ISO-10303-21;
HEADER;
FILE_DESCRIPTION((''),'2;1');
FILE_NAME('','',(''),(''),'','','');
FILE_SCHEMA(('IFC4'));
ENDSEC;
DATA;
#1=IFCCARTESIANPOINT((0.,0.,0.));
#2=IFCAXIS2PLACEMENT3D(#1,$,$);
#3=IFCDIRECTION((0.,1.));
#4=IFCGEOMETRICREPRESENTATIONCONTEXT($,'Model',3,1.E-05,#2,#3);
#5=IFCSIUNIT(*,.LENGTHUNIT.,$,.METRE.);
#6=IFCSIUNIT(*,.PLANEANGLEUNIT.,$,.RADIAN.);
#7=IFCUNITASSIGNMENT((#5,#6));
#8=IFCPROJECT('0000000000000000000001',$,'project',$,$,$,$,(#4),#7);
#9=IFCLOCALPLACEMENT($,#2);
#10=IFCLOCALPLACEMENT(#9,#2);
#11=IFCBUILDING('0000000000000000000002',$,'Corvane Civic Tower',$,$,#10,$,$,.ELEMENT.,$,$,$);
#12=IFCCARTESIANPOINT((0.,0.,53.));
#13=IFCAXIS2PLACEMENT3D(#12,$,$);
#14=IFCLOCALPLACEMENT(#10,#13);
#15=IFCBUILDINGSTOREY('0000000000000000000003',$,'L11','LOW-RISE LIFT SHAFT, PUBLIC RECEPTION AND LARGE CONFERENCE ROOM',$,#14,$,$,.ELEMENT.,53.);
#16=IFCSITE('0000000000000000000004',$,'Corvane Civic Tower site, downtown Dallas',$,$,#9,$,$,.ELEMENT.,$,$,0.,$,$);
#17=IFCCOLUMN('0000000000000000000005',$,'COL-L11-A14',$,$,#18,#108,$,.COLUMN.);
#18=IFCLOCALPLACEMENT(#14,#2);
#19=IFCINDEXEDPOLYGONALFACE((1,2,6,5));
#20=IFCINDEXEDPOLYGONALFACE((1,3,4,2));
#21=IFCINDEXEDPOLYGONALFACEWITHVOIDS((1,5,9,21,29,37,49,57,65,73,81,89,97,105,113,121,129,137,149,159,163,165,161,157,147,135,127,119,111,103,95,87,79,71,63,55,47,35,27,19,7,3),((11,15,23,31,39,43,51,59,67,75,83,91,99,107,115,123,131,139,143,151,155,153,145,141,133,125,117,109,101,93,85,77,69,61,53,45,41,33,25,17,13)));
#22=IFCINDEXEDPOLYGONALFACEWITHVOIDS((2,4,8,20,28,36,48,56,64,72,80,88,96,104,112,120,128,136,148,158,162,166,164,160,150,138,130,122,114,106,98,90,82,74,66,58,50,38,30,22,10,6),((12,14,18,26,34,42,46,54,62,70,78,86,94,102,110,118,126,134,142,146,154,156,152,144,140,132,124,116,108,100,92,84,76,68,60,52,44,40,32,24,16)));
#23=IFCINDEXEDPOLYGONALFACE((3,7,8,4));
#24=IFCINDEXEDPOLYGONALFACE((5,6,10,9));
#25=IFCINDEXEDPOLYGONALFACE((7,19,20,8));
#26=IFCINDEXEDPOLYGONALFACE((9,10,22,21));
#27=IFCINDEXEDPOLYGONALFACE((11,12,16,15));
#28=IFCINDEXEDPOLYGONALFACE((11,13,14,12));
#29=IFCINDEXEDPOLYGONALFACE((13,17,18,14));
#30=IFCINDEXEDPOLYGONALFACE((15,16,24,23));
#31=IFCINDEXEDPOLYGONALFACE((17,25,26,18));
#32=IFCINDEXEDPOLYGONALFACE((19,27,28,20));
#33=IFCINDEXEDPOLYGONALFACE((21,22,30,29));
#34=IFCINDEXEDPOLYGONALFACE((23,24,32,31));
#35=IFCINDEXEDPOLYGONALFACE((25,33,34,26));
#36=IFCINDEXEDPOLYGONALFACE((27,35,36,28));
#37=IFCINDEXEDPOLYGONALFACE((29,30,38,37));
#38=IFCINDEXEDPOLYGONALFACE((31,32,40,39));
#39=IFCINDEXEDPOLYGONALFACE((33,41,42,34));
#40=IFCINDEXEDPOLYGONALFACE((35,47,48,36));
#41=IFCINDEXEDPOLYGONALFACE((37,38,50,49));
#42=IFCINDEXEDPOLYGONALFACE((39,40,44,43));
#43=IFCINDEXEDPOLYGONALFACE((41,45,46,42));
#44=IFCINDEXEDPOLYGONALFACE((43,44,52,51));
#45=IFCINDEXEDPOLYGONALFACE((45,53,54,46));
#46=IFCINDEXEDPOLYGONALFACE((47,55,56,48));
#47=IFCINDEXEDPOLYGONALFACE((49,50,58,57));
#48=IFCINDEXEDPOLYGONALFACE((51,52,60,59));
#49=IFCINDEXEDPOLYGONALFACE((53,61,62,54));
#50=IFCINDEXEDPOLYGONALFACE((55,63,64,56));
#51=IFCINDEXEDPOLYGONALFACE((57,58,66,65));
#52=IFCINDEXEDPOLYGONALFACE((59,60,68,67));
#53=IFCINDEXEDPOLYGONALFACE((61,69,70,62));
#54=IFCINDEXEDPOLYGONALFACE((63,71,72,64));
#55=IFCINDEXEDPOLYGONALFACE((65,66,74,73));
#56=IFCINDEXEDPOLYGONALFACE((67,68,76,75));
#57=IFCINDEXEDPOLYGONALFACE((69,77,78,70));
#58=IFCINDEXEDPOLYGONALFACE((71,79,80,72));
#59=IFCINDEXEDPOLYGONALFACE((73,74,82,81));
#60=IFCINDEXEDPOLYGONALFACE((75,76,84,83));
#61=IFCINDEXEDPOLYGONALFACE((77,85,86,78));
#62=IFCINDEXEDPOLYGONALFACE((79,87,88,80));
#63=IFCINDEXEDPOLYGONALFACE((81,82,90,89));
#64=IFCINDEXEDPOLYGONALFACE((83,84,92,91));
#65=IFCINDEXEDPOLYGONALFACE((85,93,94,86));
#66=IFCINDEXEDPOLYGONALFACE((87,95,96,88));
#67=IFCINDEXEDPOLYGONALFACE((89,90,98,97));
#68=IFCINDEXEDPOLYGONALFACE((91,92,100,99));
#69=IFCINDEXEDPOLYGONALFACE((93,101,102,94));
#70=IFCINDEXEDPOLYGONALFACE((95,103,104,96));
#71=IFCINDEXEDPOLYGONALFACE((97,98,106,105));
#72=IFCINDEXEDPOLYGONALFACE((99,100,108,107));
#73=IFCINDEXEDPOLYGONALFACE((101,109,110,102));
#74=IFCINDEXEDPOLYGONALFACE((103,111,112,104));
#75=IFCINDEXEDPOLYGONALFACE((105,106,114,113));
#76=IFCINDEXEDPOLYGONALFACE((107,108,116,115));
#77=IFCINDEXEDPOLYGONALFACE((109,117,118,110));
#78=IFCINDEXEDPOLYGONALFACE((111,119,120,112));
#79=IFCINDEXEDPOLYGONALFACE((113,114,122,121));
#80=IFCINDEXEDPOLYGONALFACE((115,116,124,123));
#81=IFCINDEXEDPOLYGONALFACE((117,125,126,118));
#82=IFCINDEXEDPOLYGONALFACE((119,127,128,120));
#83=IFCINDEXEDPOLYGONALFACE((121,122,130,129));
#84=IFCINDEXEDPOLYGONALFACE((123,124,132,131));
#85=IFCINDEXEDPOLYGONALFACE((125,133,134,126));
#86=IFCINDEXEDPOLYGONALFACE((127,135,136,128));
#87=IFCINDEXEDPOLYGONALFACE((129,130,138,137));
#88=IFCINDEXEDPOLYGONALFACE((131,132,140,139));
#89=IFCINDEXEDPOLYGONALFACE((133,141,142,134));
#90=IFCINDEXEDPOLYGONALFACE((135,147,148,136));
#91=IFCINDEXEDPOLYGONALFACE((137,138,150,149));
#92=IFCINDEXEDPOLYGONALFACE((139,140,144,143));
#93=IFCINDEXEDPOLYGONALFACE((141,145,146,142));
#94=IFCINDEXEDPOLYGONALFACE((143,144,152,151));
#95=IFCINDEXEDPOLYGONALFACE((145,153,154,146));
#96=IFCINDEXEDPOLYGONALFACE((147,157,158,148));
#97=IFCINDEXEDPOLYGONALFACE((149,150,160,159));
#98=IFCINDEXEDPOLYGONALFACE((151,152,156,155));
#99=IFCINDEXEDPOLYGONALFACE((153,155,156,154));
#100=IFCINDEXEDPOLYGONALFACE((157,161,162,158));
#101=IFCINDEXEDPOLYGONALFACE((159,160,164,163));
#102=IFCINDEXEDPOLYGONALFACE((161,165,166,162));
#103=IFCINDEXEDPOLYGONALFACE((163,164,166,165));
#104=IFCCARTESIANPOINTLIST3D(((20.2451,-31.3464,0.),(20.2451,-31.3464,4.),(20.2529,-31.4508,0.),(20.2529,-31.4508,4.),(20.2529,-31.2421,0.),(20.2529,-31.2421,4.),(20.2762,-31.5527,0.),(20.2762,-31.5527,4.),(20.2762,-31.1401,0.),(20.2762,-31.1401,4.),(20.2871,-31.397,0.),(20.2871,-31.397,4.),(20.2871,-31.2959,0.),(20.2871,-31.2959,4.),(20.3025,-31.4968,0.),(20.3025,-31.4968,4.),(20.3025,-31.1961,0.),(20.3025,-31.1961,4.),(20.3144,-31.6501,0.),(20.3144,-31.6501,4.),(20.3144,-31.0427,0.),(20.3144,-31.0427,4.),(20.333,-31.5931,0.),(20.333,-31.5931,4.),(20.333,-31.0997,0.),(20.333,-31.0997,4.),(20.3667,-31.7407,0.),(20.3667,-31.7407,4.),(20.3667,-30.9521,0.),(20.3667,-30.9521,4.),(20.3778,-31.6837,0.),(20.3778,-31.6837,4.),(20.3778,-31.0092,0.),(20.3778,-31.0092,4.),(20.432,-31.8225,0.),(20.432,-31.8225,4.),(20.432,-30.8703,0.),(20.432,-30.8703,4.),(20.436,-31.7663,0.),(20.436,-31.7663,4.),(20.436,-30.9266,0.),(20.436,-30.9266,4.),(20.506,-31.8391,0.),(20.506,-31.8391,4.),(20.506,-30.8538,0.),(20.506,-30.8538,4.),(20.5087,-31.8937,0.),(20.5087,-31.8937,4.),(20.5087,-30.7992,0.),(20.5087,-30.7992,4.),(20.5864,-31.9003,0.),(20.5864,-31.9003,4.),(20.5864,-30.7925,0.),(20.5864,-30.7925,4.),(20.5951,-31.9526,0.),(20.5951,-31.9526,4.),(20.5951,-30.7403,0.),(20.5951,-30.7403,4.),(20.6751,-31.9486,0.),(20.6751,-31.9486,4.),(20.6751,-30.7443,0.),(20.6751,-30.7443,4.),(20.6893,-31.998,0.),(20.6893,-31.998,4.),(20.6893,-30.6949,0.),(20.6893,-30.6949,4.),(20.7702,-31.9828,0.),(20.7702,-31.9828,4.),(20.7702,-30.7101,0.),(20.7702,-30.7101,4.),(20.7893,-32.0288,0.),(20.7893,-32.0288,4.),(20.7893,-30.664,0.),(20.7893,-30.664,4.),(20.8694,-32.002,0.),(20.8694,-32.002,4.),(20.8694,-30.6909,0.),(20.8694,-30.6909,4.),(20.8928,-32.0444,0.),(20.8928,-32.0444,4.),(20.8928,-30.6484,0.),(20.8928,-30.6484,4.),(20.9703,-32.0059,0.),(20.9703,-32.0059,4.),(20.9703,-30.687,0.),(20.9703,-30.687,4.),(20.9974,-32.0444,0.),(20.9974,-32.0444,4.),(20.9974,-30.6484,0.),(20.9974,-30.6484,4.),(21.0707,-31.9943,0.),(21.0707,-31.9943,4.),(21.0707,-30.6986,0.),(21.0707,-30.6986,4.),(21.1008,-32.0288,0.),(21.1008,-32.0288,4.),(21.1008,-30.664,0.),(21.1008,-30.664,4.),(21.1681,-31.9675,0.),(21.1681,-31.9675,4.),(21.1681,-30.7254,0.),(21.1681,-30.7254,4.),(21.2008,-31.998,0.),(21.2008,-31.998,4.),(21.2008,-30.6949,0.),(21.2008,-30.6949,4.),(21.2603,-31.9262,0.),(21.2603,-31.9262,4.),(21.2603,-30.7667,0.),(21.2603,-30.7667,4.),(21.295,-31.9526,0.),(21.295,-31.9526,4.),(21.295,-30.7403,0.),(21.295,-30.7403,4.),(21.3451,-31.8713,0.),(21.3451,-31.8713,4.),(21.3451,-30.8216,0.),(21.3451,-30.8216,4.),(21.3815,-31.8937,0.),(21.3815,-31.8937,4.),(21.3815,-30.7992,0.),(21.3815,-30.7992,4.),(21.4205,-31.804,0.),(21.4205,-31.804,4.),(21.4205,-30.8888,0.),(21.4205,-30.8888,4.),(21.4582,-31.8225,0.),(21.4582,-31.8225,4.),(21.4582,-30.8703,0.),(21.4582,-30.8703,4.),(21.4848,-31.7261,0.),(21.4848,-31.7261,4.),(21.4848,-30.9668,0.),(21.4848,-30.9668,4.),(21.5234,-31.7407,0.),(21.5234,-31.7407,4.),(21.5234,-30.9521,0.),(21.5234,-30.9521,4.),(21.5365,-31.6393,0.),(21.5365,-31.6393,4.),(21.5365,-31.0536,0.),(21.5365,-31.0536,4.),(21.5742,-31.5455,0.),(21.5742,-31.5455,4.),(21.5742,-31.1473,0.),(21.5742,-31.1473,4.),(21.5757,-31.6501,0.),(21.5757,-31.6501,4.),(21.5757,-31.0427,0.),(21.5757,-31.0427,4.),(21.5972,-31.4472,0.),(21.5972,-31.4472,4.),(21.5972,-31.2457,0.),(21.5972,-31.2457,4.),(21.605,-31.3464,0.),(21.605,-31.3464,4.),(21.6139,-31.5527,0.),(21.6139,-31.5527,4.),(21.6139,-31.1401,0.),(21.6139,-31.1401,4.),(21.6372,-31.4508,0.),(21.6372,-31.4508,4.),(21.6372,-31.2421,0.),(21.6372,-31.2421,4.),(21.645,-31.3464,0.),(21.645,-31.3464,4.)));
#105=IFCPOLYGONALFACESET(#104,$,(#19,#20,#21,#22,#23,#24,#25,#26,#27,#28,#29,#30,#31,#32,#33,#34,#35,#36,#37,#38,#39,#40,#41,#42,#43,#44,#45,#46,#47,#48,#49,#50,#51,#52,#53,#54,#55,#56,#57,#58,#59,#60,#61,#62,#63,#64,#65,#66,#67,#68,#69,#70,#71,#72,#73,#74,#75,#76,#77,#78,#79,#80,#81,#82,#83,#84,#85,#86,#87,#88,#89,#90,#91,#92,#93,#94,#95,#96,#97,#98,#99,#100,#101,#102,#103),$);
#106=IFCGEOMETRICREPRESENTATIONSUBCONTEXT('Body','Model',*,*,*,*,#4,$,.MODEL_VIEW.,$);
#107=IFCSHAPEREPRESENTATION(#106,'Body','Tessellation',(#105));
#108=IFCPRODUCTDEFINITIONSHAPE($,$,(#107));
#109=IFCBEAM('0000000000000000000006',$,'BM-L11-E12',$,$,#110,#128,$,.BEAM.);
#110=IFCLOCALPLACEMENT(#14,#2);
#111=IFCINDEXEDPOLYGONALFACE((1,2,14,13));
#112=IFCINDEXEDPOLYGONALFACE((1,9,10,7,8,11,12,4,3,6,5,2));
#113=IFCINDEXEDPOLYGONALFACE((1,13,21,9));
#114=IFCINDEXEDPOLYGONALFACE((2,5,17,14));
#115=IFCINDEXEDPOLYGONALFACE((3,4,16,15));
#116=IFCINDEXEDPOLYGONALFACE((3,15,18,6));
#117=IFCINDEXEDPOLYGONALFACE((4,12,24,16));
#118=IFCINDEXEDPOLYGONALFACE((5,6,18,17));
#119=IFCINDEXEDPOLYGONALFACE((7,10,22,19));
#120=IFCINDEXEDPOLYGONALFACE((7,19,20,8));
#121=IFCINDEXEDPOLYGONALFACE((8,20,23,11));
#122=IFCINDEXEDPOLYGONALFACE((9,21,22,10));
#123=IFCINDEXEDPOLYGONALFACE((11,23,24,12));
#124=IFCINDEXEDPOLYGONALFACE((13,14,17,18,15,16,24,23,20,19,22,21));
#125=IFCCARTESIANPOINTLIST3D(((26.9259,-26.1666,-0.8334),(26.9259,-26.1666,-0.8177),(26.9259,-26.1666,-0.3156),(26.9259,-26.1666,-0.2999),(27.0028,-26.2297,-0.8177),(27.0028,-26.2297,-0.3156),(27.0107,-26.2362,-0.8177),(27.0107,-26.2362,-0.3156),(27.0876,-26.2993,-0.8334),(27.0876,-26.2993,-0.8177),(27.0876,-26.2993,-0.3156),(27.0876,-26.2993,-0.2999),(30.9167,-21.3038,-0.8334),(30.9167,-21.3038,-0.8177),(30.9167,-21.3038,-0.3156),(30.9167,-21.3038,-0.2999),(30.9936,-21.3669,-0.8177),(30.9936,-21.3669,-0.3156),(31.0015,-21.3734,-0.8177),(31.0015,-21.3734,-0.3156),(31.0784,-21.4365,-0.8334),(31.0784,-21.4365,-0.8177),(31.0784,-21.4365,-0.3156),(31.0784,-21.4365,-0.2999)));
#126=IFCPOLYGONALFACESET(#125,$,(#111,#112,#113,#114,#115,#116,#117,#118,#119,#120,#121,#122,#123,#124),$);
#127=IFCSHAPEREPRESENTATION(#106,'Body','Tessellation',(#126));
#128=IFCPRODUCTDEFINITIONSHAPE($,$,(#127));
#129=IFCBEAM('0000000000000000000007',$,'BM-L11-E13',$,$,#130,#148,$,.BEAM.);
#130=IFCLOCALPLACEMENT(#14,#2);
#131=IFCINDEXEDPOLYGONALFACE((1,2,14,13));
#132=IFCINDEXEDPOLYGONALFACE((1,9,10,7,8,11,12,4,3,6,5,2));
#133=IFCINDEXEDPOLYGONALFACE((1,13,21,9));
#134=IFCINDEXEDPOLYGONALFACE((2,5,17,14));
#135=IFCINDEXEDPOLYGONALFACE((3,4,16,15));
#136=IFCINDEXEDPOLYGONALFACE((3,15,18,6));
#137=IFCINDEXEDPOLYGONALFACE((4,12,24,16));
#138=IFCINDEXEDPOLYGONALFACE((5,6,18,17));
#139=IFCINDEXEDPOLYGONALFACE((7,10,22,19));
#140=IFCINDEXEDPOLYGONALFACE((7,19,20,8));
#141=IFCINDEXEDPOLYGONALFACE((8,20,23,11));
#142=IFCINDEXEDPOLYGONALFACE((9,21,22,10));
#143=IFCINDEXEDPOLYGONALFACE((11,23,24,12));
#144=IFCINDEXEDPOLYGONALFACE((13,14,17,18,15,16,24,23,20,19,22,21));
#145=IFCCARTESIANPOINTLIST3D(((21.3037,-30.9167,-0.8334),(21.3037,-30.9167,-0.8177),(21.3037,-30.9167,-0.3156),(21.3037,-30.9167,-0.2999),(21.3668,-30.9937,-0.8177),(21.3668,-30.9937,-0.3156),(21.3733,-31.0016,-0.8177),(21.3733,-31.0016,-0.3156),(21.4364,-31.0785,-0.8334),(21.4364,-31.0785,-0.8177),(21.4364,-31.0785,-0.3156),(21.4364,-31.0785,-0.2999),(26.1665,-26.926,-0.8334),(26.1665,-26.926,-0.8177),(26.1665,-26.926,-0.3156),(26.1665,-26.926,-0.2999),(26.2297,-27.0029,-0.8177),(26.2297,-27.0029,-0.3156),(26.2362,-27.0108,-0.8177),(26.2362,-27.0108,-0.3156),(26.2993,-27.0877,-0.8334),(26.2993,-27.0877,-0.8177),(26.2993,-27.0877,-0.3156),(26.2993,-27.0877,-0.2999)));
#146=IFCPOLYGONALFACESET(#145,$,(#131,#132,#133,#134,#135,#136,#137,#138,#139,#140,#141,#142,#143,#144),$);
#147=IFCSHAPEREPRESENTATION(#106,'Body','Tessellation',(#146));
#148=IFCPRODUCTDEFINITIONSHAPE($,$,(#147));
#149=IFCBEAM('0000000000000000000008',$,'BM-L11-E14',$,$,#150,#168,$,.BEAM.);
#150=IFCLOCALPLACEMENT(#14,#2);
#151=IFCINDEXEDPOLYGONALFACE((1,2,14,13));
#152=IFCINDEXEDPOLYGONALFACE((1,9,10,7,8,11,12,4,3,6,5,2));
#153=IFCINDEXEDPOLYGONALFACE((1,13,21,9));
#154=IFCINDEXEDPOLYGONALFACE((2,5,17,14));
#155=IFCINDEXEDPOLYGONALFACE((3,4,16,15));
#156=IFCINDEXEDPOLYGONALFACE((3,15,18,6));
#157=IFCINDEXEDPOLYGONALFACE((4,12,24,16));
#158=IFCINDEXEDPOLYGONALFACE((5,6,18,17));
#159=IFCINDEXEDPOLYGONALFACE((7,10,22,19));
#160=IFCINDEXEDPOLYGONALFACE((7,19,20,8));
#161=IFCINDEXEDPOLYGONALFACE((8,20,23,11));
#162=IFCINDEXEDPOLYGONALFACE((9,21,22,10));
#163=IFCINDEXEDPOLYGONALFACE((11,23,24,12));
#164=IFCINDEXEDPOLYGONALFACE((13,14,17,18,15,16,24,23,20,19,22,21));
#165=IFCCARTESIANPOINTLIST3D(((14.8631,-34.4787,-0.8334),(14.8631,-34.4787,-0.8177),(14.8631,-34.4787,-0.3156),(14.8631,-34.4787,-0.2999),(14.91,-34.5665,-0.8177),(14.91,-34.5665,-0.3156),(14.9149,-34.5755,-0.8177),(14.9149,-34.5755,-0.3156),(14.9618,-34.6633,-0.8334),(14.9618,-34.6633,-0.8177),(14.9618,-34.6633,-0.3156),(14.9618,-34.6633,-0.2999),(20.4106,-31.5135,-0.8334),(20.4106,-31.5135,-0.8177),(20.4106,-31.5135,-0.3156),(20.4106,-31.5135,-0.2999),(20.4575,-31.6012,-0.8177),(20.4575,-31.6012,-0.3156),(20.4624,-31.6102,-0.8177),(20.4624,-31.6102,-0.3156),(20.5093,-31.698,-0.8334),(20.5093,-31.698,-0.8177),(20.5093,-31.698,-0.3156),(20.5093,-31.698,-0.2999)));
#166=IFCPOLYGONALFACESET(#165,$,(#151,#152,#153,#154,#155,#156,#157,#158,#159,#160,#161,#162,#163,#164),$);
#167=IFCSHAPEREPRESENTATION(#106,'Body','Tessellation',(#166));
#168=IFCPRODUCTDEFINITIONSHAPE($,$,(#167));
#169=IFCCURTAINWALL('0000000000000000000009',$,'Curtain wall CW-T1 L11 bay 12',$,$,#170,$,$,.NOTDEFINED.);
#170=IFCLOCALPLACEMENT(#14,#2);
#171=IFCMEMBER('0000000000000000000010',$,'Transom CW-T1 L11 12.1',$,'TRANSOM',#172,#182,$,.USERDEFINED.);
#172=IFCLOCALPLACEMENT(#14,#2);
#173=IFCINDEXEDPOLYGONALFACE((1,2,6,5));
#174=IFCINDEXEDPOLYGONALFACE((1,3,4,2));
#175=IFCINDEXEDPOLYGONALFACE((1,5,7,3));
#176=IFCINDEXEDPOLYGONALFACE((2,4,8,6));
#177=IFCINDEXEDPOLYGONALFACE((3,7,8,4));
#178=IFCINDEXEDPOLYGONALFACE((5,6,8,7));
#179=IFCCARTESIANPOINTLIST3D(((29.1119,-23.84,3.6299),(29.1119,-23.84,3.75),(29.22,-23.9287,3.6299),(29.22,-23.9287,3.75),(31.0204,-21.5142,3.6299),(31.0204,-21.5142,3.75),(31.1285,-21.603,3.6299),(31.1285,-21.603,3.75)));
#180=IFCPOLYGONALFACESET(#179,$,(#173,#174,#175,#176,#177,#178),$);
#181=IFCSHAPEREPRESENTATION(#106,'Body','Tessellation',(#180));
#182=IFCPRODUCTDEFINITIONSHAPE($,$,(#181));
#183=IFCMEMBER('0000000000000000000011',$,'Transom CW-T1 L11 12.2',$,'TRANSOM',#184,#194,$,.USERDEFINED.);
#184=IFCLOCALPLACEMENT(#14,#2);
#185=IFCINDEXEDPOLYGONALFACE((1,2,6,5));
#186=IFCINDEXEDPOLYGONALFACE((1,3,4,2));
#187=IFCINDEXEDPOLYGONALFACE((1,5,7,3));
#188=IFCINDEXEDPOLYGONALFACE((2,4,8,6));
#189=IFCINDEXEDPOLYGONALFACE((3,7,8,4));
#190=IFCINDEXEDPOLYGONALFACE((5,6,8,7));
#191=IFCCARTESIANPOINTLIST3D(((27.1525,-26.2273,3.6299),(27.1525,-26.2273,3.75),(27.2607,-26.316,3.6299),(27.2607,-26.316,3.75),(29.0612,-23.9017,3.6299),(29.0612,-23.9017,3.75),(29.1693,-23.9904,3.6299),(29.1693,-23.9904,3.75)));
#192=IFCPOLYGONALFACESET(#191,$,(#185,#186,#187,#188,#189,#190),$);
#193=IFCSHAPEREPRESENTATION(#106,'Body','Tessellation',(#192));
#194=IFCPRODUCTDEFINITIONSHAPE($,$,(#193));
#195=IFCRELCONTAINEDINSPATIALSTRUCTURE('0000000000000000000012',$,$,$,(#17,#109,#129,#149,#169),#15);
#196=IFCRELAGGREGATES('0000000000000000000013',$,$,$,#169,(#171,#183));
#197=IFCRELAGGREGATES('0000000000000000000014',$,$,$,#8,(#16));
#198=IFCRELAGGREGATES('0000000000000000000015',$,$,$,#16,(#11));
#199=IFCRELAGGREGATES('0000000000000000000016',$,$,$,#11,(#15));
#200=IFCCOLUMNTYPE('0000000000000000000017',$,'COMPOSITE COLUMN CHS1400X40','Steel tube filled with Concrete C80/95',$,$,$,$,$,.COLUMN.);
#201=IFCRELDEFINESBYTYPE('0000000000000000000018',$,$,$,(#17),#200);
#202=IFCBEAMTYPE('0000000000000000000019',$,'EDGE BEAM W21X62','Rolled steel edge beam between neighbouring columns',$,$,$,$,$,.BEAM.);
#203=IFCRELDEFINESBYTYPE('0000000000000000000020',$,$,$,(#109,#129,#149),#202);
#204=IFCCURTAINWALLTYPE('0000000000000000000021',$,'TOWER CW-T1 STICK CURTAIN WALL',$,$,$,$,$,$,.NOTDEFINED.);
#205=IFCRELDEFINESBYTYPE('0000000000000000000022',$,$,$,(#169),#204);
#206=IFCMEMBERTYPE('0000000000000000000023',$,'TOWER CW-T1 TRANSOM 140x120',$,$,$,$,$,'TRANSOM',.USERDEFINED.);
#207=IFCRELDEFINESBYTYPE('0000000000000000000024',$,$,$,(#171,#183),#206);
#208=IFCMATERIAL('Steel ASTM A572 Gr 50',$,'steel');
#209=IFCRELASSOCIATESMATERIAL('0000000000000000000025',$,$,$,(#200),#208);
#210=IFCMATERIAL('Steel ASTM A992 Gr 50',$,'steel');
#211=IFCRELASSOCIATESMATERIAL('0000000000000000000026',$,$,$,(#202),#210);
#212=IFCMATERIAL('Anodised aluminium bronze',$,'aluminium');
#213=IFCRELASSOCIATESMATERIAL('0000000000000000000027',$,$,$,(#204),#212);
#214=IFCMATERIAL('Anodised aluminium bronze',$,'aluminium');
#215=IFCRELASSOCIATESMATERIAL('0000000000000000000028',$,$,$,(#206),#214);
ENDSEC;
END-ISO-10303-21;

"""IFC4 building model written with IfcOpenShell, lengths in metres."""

from ifc_helpers import new_model, si_unit, direction, frame, origin, origin_2d, place, context, subcontext, project, spatial, rectangle, hollow_circle, i_section, extrude, material, material_profile, profile_set, type_object, element, aggregate, save


model = new_model("IFC4")

# Units and contexts
model_context = context("Model", 3, precision=1e-05, world=origin(), true_north=direction((0.0, 1.0)))
body_context = subcontext(model_context, "Body", "Model", "MODEL_VIEW")
ifc_project = project(units=[si_unit("LENGTHUNIT", "METRE"), si_unit("PLANEANGLEUNIT", "RADIAN")], contexts=[model_context])

# Site, building, storey
site_placement = place(None, origin())
site = spatial("IfcSite", under=ifc_project, at=site_placement, Name="Corvane Civic Tower site, downtown Dallas", CompositionType="ELEMENT", RefElevation=0.0)
building_placement = place(site_placement, origin())
building = spatial("IfcBuilding", under=site, at=building_placement, Name="Corvane Civic Tower", CompositionType="ELEMENT")
storey_placement = place(building_placement, frame((0.0, 0.0, 53.0)))
storey = spatial("IfcBuildingStorey", under=building, at=storey_placement, Name="L11", Description="LOW-RISE LIFT SHAFT, PUBLIC RECEPTION AND LARGE CONFERENCE ROOM", CompositionType="ELEMENT", Elevation=53.0)

# Column
ifc_material_1 = material(Name="Steel ASTM A572 Gr 50", Category="steel")
ifc_material_profile_1 = material_profile(ifc_material_1, hollow_circle(Radius=0.7, WallThickness=0.04, at=origin_2d()), Name="CHS1400X40")
ifc_profile_set_1 = profile_set([ifc_material_profile_1], Name="Steel ASTM A572 Gr 50")
column_type = type_object("IfcColumnType", Name="COMPOSITE COLUMN CHS1400X40", Description="Steel tube filled with Concrete C80/95", PredefinedType="COLUMN", material=ifc_profile_set_1)
for number, where, z_axis, x_axis, name in (
    (1, (20.9451, -31.3464, 0.0), (0.0, 0.0, 1.0), (1.0, 0.0, 0.0), "COL-L11-A14"),
):
    element("IfcColumn", number, at=place(storey_placement, frame(where, z_axis=z_axis, x_axis=x_axis)), inside=storey, type_object=column_type, Name=name, PredefinedType="COLUMN", context=body_context, shape_type="SweptSolid", body=[
        extrude(hollow_circle(Radius=0.7, WallThickness=0.04, at=origin_2d()), origin(), (0.0, 0.0, 1.0), 4.0),
    ])

# Beams
ifc_material_2 = material(Name="Steel ASTM A992 Gr 50", Category="steel")
ifc_material_profile_2 = material_profile(ifc_material_2, i_section(OverallWidth=0.2092, OverallDepth=0.5334, WebThickness=0.0103, FlangeThickness=0.0156, at=origin_2d()), Name="W21X62")
ifc_profile_set_2 = profile_set([ifc_material_profile_2], Name="Steel ASTM A992 Gr 50")
beam_type = type_object("IfcBeamType", Name="EDGE BEAM W21X62", Description="Rolled steel edge beam between neighbouring columns", PredefinedType="BEAM", material=ifc_profile_set_2)
for number, where, z_axis, x_axis, name in (
    (2, (30.9976, -21.3701, -0.5667), (-0.634387, -0.773016, 0.0), (0.773016, -0.634387, 0.0), "BM-L11-E12"),
    (3, (26.2329, -27.0068, -0.5667), (-0.773016, -0.634387, 0.0), (0.634387, -0.773016, 0.0), "BM-L11-E13"),
):
    element("IfcBeam", number, at=place(storey_placement, frame(where, z_axis=z_axis, x_axis=x_axis)), inside=storey, type_object=beam_type, Name=name, PredefinedType="BEAM", context=body_context, shape_type="SweptSolid", body=[
        extrude(i_section(OverallWidth=0.2092, OverallDepth=0.5334, WebThickness=0.0103, FlangeThickness=0.0156, at=origin_2d()), origin(), (0.0, 0.0, 1.0), 6.2908),
    ])
beam_placement = place(storey_placement, frame((20.46, -31.6057, -0.5667), z_axis=(-0.881916, -0.471406, 0.0), x_axis=(0.471406, -0.881916, 0.0)))
element("IfcBeam", 4, at=beam_placement, inside=storey, type_object=beam_type, Name="BM-L11-E14", PredefinedType="BEAM", context=body_context, shape_type="SweptSolid", body=[
    extrude(i_section(OverallWidth=0.2092, OverallDepth=0.5334, WebThickness=0.0103, FlangeThickness=0.0156, at=origin_2d()), origin(), (0.0, 0.0, 1.0), 6.2903),
])

# Curtain wall, members
ifc_material_3 = material(Name="Anodised aluminium bronze", Category="aluminium")
curtain_wall_type = type_object("IfcCurtainWallType", Name="TOWER CW-T1 STICK CURTAIN WALL", PredefinedType="NOTDEFINED", material=ifc_material_3)
curtain_wall_1_placement = place(storey_placement, origin())
curtain_wall_1 = element("IfcCurtainWall", 5, at=curtain_wall_1_placement, inside=storey, type_object=curtain_wall_type, Name="Curtain wall CW-T1 L11 bay 12", PredefinedType="NOTDEFINED")
ifc_material_4 = material(Name="Anodised aluminium bronze", Category="aluminium")
ifc_material_profile_3 = material_profile(ifc_material_4, rectangle(XDim=0.1399, YDim=0.1201, at=origin_2d()), Name="TOWER CW-T1 TRANSOM 140x120")
ifc_profile_set_3 = profile_set([ifc_material_profile_3], Name="Anodised aluminium bronze")
member_type_1 = type_object("IfcMemberType", Name="TOWER CW-T1 TRANSOM 140x120", ElementType="TRANSOM", PredefinedType="USERDEFINED", material=ifc_profile_set_3)
member_1_placement = place(storey_placement, frame((31.0745, -21.5586, 3.6899), z_axis=(-0.634355, -0.773042, 0.0), x_axis=(0.773042, -0.634355, 0.0)))
member_1 = element("IfcMember", 6, at=member_1_placement, type_object=member_type_1, Name="Transom CW-T1 L11 12.1", ObjectType="TRANSOM", PredefinedType="USERDEFINED", context=body_context, shape_type="SweptSolid", body=[
    extrude(rectangle(XDim=0.1399, YDim=0.1201, at=origin_2d()), origin(), (0.0, 0.0, 1.0), 3.0085),
])
member_2_placement = place(storey_placement, frame((29.1152, -23.946, 3.6899), z_axis=(-0.634404, -0.773002, 0.0), x_axis=(0.773002, -0.634404, 0.0)))
member_2 = element("IfcMember", 7, at=member_2_placement, type_object=member_type_1, Name="Transom CW-T1 L11 12.2", ObjectType="TRANSOM", PredefinedType="USERDEFINED", context=body_context, shape_type="SweptSolid", body=[
    extrude(rectangle(XDim=0.1399, YDim=0.1201, at=origin_2d()), origin(), (0.0, 0.0, 1.0), 3.0085),
])

aggregate(curtain_wall_1, [member_1, member_2])

save(model, "model.ifc")
